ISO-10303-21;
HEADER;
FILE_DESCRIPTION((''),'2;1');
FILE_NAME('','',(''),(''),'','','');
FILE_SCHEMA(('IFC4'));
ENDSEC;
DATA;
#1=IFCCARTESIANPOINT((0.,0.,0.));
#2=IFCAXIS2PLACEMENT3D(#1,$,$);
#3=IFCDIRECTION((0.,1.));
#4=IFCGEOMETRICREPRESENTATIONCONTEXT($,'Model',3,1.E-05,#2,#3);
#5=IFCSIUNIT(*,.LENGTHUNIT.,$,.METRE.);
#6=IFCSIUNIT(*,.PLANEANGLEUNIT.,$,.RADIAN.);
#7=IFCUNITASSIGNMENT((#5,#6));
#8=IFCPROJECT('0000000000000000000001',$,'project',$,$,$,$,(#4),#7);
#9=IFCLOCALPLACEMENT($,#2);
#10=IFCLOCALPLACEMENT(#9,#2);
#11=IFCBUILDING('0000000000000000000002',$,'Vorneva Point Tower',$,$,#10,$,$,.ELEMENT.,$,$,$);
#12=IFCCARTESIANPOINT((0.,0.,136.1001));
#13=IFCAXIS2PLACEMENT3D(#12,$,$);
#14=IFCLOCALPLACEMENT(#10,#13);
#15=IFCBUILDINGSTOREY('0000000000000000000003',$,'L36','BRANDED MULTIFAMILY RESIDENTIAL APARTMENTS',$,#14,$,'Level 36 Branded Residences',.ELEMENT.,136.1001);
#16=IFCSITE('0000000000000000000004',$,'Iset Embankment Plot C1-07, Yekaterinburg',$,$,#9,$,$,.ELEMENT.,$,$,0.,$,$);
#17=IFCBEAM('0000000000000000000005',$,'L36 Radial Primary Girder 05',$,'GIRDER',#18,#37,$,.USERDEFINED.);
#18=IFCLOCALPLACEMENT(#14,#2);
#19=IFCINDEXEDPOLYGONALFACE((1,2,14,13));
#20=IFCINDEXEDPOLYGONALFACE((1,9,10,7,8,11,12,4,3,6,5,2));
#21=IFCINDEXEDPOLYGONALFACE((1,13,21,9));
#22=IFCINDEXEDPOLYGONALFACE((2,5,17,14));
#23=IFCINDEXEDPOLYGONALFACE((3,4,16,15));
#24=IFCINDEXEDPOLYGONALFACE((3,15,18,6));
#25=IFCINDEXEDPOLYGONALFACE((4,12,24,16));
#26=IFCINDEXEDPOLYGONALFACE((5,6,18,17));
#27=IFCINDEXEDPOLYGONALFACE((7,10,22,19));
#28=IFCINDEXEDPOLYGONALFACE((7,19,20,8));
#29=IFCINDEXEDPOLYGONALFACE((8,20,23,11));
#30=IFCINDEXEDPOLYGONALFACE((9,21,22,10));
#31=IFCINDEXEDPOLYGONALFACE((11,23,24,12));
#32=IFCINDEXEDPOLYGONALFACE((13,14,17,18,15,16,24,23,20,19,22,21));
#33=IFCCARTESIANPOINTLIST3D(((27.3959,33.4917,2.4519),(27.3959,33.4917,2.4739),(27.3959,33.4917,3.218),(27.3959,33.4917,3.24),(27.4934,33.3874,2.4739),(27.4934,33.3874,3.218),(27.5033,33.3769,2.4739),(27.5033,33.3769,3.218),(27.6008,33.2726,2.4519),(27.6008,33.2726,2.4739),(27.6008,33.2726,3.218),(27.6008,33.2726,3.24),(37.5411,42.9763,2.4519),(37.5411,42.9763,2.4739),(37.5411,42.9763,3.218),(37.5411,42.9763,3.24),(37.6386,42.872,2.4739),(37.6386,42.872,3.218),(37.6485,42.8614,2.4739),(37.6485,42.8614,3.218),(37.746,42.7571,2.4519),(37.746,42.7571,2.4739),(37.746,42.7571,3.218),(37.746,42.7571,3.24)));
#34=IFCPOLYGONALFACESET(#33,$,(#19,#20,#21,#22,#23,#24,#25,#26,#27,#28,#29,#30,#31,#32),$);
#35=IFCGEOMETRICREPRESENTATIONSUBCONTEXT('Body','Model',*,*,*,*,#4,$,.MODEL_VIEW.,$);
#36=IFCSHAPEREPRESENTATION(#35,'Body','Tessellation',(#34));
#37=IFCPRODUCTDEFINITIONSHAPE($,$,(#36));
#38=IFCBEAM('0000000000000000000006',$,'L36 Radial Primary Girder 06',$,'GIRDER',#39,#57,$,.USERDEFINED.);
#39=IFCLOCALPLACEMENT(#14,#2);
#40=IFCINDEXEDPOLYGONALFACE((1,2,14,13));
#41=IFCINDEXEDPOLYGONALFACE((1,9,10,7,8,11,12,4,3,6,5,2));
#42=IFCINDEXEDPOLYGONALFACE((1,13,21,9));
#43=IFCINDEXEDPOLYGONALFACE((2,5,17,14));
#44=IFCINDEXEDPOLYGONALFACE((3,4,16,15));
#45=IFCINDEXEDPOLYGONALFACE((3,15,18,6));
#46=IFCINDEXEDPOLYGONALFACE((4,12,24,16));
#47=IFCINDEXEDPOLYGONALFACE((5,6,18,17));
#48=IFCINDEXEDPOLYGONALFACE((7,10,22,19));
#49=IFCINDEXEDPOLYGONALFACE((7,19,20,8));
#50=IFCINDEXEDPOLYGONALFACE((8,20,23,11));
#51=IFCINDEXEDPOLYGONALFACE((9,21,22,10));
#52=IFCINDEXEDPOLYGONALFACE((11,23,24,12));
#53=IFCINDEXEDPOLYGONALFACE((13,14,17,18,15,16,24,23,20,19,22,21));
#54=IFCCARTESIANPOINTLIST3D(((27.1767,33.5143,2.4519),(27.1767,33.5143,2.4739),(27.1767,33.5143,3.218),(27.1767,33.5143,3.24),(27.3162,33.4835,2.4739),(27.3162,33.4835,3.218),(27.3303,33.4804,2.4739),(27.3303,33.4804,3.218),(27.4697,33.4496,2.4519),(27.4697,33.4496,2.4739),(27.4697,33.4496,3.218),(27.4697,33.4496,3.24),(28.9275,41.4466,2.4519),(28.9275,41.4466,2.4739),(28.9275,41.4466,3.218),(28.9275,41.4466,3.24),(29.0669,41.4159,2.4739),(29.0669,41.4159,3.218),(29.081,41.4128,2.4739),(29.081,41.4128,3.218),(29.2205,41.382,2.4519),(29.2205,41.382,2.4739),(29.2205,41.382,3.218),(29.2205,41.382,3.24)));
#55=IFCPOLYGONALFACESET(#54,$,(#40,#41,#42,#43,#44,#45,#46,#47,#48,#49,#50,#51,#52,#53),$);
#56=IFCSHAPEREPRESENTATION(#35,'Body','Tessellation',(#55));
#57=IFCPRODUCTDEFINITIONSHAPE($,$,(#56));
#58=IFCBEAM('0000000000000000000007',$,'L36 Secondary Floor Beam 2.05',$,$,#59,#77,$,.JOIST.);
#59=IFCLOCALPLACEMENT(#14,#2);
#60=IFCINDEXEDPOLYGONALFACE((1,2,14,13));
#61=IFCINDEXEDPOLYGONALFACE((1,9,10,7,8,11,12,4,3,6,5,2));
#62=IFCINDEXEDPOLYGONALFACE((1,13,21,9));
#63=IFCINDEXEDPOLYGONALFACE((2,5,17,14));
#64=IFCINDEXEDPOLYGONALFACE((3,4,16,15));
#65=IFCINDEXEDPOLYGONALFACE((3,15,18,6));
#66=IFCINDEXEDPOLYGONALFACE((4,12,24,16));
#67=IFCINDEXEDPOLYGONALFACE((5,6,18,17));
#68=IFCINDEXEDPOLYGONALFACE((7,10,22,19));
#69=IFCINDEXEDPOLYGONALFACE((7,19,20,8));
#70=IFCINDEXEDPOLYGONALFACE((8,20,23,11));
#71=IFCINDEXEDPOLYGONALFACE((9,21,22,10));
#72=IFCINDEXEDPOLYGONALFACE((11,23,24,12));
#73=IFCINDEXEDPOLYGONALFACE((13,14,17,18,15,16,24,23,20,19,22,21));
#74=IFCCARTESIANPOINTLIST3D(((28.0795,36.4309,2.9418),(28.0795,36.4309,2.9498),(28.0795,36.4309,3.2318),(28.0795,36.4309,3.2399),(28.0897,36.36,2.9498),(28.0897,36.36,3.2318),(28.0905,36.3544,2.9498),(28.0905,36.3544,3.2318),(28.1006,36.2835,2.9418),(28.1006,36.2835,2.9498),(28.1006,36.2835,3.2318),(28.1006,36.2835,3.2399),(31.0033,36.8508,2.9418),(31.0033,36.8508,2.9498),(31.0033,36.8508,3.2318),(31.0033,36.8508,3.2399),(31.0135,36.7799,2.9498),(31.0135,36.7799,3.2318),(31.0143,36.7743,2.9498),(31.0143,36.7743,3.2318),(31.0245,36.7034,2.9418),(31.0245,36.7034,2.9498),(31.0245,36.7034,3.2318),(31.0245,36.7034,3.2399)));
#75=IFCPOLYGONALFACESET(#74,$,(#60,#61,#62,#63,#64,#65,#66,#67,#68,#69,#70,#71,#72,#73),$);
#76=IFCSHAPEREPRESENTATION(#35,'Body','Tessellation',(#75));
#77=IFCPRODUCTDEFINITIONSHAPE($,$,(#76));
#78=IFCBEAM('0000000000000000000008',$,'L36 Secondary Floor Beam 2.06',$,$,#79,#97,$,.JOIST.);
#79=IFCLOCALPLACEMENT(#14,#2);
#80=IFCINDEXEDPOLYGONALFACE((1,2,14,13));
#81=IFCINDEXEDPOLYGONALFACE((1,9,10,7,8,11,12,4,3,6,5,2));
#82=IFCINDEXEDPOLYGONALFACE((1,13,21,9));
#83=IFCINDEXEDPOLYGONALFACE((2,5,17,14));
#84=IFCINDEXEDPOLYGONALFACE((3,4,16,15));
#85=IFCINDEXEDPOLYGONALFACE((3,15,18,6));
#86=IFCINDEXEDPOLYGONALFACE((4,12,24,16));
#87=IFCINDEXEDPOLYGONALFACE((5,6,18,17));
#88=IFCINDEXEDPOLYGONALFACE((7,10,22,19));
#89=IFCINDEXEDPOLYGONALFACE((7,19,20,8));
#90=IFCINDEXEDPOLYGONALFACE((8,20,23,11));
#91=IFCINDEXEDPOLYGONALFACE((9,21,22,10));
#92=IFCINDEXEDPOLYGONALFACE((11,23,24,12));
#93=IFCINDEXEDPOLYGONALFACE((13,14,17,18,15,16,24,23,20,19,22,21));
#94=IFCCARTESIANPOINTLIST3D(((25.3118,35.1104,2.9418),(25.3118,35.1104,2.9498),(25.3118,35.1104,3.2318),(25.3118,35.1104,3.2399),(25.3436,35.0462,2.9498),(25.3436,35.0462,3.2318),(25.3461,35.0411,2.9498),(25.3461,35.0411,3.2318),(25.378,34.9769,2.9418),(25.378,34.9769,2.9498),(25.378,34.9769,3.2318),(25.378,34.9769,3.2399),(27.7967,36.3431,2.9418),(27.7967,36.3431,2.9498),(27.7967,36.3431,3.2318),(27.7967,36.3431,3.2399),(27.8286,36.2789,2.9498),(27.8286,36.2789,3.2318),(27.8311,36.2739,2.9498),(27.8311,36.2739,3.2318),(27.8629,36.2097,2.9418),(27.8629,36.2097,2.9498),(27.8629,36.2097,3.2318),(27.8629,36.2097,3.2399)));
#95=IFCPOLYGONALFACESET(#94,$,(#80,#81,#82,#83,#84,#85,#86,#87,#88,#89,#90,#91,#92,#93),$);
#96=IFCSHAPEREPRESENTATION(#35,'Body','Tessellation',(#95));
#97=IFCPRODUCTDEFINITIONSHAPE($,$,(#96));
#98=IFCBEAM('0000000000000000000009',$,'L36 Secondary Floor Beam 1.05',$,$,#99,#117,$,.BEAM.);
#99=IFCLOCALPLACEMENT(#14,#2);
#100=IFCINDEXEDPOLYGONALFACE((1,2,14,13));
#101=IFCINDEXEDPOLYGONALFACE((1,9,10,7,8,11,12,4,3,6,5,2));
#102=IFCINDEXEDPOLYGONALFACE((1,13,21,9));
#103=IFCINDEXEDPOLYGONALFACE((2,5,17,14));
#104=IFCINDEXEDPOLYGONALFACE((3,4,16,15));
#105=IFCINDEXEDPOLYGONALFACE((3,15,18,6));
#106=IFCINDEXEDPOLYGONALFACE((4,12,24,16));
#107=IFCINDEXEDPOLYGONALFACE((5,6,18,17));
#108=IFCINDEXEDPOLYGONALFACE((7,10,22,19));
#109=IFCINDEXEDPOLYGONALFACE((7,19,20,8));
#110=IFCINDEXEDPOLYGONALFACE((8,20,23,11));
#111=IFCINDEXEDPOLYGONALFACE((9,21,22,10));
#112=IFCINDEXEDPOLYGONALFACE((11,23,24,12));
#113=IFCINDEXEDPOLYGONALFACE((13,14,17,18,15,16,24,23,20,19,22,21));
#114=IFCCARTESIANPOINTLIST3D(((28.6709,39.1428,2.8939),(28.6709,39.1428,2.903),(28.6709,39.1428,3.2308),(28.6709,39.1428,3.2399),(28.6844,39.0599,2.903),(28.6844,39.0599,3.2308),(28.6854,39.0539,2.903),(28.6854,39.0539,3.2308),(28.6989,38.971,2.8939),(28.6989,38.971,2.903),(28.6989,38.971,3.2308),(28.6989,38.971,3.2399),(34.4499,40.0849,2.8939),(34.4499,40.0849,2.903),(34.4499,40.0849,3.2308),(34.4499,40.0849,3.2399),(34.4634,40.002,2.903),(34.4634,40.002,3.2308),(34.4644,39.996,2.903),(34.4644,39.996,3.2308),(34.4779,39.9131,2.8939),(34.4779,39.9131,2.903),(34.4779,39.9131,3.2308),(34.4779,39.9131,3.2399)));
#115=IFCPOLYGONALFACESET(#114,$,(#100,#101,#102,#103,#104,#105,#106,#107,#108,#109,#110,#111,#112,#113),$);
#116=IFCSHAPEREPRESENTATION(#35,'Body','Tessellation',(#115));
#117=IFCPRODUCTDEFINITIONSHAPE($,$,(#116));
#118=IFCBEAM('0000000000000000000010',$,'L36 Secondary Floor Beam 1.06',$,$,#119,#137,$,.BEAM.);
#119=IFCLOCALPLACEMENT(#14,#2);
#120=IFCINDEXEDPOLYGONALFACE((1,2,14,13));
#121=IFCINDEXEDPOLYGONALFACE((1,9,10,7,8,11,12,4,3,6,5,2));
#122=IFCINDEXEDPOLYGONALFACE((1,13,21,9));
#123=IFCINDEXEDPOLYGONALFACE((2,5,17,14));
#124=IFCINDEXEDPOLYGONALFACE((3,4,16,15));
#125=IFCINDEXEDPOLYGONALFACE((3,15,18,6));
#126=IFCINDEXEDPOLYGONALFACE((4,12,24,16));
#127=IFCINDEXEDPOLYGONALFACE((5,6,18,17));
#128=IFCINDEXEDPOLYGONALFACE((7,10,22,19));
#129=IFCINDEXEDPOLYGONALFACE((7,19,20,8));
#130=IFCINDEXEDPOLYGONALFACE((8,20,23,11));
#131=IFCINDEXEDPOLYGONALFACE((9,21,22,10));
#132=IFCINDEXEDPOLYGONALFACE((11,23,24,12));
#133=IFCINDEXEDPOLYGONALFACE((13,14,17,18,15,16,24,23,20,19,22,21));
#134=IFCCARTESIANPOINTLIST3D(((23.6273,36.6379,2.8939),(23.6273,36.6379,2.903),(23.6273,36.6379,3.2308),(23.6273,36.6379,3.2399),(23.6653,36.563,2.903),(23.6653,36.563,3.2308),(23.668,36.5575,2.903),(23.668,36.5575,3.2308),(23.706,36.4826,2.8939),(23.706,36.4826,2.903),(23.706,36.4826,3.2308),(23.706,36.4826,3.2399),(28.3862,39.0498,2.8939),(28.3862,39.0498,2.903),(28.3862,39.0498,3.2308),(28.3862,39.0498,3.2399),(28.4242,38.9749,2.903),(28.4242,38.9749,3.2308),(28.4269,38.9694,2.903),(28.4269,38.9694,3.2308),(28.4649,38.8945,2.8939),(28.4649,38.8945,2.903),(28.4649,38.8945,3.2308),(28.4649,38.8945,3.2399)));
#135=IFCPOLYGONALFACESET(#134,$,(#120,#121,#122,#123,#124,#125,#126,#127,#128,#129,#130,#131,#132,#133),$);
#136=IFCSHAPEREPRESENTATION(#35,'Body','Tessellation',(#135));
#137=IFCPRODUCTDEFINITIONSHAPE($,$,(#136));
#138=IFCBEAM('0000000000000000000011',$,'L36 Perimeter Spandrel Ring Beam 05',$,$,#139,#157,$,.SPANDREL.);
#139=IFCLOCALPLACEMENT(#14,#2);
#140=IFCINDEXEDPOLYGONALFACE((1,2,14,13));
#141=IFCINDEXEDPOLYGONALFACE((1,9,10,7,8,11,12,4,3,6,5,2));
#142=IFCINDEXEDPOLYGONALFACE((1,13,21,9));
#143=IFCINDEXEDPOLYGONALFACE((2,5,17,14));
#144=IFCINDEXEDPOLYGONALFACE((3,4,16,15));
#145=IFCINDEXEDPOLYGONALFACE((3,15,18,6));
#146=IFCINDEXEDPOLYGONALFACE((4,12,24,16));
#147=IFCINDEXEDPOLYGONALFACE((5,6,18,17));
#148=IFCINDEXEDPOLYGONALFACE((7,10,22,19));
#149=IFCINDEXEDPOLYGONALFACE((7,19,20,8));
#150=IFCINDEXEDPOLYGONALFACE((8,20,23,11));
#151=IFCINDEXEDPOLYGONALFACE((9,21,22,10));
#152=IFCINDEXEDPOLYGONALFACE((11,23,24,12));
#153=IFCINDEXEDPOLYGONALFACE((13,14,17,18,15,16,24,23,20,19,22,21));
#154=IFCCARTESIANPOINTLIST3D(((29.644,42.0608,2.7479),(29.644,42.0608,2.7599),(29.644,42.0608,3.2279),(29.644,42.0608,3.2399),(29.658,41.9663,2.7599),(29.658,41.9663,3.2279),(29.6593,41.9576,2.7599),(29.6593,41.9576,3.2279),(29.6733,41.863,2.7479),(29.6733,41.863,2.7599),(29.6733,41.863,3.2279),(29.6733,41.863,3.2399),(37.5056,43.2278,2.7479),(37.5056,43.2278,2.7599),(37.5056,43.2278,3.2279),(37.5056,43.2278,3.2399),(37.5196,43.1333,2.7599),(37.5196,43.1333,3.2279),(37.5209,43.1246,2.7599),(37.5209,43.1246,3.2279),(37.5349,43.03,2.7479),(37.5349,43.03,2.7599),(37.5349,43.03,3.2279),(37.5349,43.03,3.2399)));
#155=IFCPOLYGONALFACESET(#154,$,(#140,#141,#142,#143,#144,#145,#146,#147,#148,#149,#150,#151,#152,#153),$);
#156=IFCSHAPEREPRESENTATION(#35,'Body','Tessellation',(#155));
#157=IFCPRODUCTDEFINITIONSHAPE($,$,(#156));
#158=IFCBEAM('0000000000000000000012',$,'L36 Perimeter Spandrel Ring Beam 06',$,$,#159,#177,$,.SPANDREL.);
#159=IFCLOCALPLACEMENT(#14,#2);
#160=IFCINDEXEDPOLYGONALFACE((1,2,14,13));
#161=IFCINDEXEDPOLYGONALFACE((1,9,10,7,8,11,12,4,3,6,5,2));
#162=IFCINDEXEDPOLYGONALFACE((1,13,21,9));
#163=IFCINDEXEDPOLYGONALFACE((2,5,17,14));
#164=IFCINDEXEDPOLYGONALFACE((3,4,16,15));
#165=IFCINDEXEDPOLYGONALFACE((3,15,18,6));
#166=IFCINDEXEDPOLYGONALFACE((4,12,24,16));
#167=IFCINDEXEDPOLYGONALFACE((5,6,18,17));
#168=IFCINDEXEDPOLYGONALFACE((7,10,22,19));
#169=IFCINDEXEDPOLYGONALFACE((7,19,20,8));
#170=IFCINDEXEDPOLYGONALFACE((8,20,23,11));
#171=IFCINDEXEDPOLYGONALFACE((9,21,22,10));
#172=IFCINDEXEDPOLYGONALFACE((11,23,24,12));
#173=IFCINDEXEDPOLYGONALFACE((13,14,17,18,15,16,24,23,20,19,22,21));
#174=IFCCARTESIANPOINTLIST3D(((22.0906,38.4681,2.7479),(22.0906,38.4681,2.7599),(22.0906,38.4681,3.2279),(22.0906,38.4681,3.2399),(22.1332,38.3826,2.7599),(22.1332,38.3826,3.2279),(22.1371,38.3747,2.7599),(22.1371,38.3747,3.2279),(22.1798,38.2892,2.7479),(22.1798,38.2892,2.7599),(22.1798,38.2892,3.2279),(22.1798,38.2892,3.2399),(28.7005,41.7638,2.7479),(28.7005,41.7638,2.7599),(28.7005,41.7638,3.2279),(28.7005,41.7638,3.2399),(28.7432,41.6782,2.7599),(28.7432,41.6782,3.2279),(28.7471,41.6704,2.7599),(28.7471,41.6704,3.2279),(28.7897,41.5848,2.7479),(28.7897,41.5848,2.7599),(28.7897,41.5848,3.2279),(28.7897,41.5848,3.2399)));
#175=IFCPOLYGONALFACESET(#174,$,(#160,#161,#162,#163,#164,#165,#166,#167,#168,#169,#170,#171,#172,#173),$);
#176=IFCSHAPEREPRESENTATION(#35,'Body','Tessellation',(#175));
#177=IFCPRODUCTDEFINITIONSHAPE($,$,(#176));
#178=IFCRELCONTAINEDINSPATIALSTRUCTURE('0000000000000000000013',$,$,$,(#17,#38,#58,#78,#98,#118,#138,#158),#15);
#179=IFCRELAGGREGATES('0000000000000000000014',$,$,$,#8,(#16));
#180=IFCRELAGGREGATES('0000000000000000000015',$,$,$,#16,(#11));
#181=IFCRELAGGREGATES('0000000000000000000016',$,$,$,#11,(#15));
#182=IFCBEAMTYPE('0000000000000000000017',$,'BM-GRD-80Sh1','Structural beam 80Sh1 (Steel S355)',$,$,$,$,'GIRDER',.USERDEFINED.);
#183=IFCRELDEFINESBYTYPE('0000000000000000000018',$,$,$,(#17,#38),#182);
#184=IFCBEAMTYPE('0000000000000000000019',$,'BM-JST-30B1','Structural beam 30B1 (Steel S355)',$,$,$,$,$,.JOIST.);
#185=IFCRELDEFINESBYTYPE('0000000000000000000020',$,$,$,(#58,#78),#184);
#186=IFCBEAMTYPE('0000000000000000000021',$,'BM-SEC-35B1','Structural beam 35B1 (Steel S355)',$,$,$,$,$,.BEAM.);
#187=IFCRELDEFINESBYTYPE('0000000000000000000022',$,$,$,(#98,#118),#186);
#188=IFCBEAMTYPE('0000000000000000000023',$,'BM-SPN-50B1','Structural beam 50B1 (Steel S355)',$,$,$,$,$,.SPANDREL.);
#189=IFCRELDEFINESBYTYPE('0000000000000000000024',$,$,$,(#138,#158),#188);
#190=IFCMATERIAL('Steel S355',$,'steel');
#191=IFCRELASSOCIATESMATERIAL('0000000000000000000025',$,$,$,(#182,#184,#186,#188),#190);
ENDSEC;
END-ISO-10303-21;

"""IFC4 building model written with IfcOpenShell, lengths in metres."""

from ifc_helpers import new_model, si_unit, direction, frame, origin, origin_2d, place, context, subcontext, project, spatial, i_section, extrude, material, material_profile, profile_set, type_object, element, save


model = new_model("IFC4")

# Units and contexts
model_context = context("Model", 3, precision=1e-05, world=origin(), true_north=direction((0.0, 1.0)))
body_context = subcontext(model_context, "Body", "Model", "MODEL_VIEW")
ifc_project = project(units=[si_unit("LENGTHUNIT", "METRE"), si_unit("PLANEANGLEUNIT", "RADIAN")], contexts=[model_context])

# Site, building, storey
site_placement = place(None, origin())
site = spatial("IfcSite", under=ifc_project, at=site_placement, Name="Iset Embankment Plot C1-07, Yekaterinburg", CompositionType="ELEMENT", RefElevation=0.0)
building_placement = place(site_placement, origin())
building = spatial("IfcBuilding", under=site, at=building_placement, Name="Vorneva Point Tower", CompositionType="ELEMENT")
storey_placement = place(building_placement, frame((0.0, 0.0, 136.1001)))
storey = spatial("IfcBuildingStorey", under=building, at=storey_placement, Name="L36", Description="BRANDED MULTIFAMILY RESIDENTIAL APARTMENTS", LongName="Level 36 Branded Residences", CompositionType="ELEMENT", Elevation=136.1001)

# Beams
ifc_material_1 = material(Name="Steel S355", Category="steel")
ifc_material_profile_1 = material_profile(ifc_material_1, i_section(OverallWidth=0.3, OverallDepth=0.7881, WebThickness=0.0144, FlangeThickness=0.022, at=origin_2d()), Name="80Sh1")
ifc_profile_set_1 = profile_set([ifc_material_profile_1], Name="Steel S355")
beam_type_1 = type_object("IfcBeamType", Name="BM-GRD-80Sh1", Description="Structural beam 80Sh1 (Steel S355)", ElementType="GIRDER", PredefinedType="USERDEFINED", material=ifc_profile_set_1)
beam_1_placement = place(storey_placement, frame((37.6436, 42.8667, 2.8459), z_axis=(-0.730491, -0.682922, 0.0), x_axis=(0.682922, -0.730491, 0.0)))
element("IfcBeam", 1, at=beam_1_placement, inside=storey, type_object=beam_type_1, Name="L36 Radial Primary Girder 05", ObjectType="GIRDER", PredefinedType="USERDEFINED", context=body_context, shape_type="SweptSolid", body=[
    extrude(i_section(OverallWidth=0.3, OverallDepth=0.7881, WebThickness=0.0144, FlangeThickness=0.022, at=origin_2d()), origin(), (0.0, 0.0, 1.0), 13.8882),
])
beam_2_placement = place(storey_placement, frame((29.074, 41.4143, 2.8459), z_axis=(-0.215521, -0.976499, 0.0), x_axis=(0.976499, -0.215521, 0.0)))
element("IfcBeam", 2, at=beam_2_placement, inside=storey, type_object=beam_type_1, Name="L36 Radial Primary Girder 06", ObjectType="GIRDER", PredefinedType="USERDEFINED", context=body_context, shape_type="SweptSolid", body=[
    extrude(i_section(OverallWidth=0.3, OverallDepth=0.7881, WebThickness=0.0144, FlangeThickness=0.022, at=origin_2d()), origin(), (0.0, 0.0, 1.0), 8.1233),
])
ifc_material_profile_2 = material_profile(ifc_material_1, i_section(OverallWidth=0.1489, OverallDepth=0.2981, WebThickness=0.0056, FlangeThickness=0.0081, at=origin_2d()), Name="30B1")
ifc_profile_set_2 = profile_set([ifc_material_profile_2], Name="Steel S355")
beam_type_2 = type_object("IfcBeamType", Name="BM-JST-30B1", Description="Structural beam 30B1 (Steel S355)", PredefinedType="JOIST", material=ifc_profile_set_2)
beam_3_placement = place(storey_placement, frame((31.0139, 36.7771, 3.0908), z_axis=(-0.989843, -0.142162, 0.0), x_axis=(0.142162, -0.989843, 0.0)))
element("IfcBeam", 3, at=beam_3_placement, inside=storey, type_object=beam_type_2, Name="L36 Secondary Floor Beam 2.05", PredefinedType="JOIST", context=body_context, shape_type="SweptSolid", body=[
    extrude(i_section(OverallWidth=0.1489, OverallDepth=0.2981, WebThickness=0.0056, FlangeThickness=0.0081, at=origin_2d()), origin(), (0.0, 0.0, 1.0), 2.9539),
])
beam_4_placement = place(storey_placement, frame((27.8298, 36.2764, 3.0908), z_axis=(-0.895831, -0.444395, 0.0), x_axis=(0.444395, -0.895831, 0.0)))
element("IfcBeam", 4, at=beam_4_placement, inside=storey, type_object=beam_type_2, Name="L36 Secondary Floor Beam 2.06", PredefinedType="JOIST", context=body_context, shape_type="SweptSolid", body=[
    extrude(i_section(OverallWidth=0.1489, OverallDepth=0.2981, WebThickness=0.0056, FlangeThickness=0.0081, at=origin_2d()), origin(), (0.0, 0.0, 1.0), 2.7739),
])
ifc_material_profile_3 = material_profile(ifc_material_1, i_section(OverallWidth=0.1741, OverallDepth=0.3459, WebThickness=0.0061, FlangeThickness=0.009, at=origin_2d()), Name="35B1")
ifc_profile_set_3 = profile_set([ifc_material_profile_3], Name="Steel S355")
beam_type_3 = type_object("IfcBeamType", Name="BM-SEC-35B1", Description="Structural beam 35B1 (Steel S355)", PredefinedType="BEAM", material=ifc_profile_set_3)
beam_5_placement = place(storey_placement, frame((34.4639, 39.999, 3.0669), z_axis=(-0.98697, -0.160902, 0.0), x_axis=(0.160902, -0.98697, 0.0)))
element("IfcBeam", 5, at=beam_5_placement, inside=storey, type_object=beam_type_3, Name="L36 Secondary Floor Beam 1.05", PredefinedType="BEAM", context=body_context, shape_type="SweptSolid", body=[
    extrude(i_section(OverallWidth=0.1741, OverallDepth=0.3459, WebThickness=0.0061, FlangeThickness=0.009, at=origin_2d()), origin(), (0.0, 0.0, 1.0), 5.8552),
])
beam_6_placement = place(storey_placement, frame((28.4255, 38.9722, 3.0669), z_axis=(-0.891979, -0.452076, 0.0), x_axis=(0.452076, -0.891979, 0.0)))
element("IfcBeam", 6, at=beam_6_placement, inside=storey, type_object=beam_type_3, Name="L36 Secondary Floor Beam 1.06", PredefinedType="BEAM", context=body_context, shape_type="SweptSolid", body=[
    extrude(i_section(OverallWidth=0.1741, OverallDepth=0.3459, WebThickness=0.0061, FlangeThickness=0.009, at=origin_2d()), origin(), (0.0, 0.0, 1.0), 5.3352),
])
ifc_material_profile_4 = material_profile(ifc_material_1, i_section(OverallWidth=0.2, OverallDepth=0.4919, WebThickness=0.0088, FlangeThickness=0.012, at=origin_2d()), Name="50B1")
ifc_profile_set_4 = profile_set([ifc_material_profile_4], Name="Steel S355")
beam_type_4 = type_object("IfcBeamType", Name="BM-SPN-50B1", Description="Structural beam 50B1 (Steel S355)", PredefinedType="SPANDREL", material=ifc_profile_set_4)
beam_7_placement = place(storey_placement, frame((37.5203, 43.1289, 2.9939), z_axis=(-0.989161, -0.146834, 0.0), x_axis=(0.146834, -0.989161, 0.0)))
element("IfcBeam", 7, at=beam_7_placement, inside=storey, type_object=beam_type_4, Name="L36 Perimeter Spandrel Ring Beam 05", PredefinedType="SPANDREL", context=body_context, shape_type="SweptSolid", body=[
    extrude(i_section(OverallWidth=0.2, OverallDepth=0.4919, WebThickness=0.0088, FlangeThickness=0.012, at=origin_2d()), origin(), (0.0, 0.0, 1.0), 7.9478),
])
beam_8_placement = place(storey_placement, frame((28.7451, 41.6743, 2.9939), z_axis=(-0.894929, -0.446208, 0.0), x_axis=(0.446208, -0.894929, 0.0)))
element("IfcBeam", 8, at=beam_8_placement, inside=storey, type_object=beam_type_4, Name="L36 Perimeter Spandrel Ring Beam 06", PredefinedType="SPANDREL", context=body_context, shape_type="SweptSolid", body=[
    extrude(i_section(OverallWidth=0.2, OverallDepth=0.4919, WebThickness=0.0088, FlangeThickness=0.012, at=origin_2d()), origin(), (0.0, 0.0, 1.0), 7.386),
])

save(model, "model.ifc")
